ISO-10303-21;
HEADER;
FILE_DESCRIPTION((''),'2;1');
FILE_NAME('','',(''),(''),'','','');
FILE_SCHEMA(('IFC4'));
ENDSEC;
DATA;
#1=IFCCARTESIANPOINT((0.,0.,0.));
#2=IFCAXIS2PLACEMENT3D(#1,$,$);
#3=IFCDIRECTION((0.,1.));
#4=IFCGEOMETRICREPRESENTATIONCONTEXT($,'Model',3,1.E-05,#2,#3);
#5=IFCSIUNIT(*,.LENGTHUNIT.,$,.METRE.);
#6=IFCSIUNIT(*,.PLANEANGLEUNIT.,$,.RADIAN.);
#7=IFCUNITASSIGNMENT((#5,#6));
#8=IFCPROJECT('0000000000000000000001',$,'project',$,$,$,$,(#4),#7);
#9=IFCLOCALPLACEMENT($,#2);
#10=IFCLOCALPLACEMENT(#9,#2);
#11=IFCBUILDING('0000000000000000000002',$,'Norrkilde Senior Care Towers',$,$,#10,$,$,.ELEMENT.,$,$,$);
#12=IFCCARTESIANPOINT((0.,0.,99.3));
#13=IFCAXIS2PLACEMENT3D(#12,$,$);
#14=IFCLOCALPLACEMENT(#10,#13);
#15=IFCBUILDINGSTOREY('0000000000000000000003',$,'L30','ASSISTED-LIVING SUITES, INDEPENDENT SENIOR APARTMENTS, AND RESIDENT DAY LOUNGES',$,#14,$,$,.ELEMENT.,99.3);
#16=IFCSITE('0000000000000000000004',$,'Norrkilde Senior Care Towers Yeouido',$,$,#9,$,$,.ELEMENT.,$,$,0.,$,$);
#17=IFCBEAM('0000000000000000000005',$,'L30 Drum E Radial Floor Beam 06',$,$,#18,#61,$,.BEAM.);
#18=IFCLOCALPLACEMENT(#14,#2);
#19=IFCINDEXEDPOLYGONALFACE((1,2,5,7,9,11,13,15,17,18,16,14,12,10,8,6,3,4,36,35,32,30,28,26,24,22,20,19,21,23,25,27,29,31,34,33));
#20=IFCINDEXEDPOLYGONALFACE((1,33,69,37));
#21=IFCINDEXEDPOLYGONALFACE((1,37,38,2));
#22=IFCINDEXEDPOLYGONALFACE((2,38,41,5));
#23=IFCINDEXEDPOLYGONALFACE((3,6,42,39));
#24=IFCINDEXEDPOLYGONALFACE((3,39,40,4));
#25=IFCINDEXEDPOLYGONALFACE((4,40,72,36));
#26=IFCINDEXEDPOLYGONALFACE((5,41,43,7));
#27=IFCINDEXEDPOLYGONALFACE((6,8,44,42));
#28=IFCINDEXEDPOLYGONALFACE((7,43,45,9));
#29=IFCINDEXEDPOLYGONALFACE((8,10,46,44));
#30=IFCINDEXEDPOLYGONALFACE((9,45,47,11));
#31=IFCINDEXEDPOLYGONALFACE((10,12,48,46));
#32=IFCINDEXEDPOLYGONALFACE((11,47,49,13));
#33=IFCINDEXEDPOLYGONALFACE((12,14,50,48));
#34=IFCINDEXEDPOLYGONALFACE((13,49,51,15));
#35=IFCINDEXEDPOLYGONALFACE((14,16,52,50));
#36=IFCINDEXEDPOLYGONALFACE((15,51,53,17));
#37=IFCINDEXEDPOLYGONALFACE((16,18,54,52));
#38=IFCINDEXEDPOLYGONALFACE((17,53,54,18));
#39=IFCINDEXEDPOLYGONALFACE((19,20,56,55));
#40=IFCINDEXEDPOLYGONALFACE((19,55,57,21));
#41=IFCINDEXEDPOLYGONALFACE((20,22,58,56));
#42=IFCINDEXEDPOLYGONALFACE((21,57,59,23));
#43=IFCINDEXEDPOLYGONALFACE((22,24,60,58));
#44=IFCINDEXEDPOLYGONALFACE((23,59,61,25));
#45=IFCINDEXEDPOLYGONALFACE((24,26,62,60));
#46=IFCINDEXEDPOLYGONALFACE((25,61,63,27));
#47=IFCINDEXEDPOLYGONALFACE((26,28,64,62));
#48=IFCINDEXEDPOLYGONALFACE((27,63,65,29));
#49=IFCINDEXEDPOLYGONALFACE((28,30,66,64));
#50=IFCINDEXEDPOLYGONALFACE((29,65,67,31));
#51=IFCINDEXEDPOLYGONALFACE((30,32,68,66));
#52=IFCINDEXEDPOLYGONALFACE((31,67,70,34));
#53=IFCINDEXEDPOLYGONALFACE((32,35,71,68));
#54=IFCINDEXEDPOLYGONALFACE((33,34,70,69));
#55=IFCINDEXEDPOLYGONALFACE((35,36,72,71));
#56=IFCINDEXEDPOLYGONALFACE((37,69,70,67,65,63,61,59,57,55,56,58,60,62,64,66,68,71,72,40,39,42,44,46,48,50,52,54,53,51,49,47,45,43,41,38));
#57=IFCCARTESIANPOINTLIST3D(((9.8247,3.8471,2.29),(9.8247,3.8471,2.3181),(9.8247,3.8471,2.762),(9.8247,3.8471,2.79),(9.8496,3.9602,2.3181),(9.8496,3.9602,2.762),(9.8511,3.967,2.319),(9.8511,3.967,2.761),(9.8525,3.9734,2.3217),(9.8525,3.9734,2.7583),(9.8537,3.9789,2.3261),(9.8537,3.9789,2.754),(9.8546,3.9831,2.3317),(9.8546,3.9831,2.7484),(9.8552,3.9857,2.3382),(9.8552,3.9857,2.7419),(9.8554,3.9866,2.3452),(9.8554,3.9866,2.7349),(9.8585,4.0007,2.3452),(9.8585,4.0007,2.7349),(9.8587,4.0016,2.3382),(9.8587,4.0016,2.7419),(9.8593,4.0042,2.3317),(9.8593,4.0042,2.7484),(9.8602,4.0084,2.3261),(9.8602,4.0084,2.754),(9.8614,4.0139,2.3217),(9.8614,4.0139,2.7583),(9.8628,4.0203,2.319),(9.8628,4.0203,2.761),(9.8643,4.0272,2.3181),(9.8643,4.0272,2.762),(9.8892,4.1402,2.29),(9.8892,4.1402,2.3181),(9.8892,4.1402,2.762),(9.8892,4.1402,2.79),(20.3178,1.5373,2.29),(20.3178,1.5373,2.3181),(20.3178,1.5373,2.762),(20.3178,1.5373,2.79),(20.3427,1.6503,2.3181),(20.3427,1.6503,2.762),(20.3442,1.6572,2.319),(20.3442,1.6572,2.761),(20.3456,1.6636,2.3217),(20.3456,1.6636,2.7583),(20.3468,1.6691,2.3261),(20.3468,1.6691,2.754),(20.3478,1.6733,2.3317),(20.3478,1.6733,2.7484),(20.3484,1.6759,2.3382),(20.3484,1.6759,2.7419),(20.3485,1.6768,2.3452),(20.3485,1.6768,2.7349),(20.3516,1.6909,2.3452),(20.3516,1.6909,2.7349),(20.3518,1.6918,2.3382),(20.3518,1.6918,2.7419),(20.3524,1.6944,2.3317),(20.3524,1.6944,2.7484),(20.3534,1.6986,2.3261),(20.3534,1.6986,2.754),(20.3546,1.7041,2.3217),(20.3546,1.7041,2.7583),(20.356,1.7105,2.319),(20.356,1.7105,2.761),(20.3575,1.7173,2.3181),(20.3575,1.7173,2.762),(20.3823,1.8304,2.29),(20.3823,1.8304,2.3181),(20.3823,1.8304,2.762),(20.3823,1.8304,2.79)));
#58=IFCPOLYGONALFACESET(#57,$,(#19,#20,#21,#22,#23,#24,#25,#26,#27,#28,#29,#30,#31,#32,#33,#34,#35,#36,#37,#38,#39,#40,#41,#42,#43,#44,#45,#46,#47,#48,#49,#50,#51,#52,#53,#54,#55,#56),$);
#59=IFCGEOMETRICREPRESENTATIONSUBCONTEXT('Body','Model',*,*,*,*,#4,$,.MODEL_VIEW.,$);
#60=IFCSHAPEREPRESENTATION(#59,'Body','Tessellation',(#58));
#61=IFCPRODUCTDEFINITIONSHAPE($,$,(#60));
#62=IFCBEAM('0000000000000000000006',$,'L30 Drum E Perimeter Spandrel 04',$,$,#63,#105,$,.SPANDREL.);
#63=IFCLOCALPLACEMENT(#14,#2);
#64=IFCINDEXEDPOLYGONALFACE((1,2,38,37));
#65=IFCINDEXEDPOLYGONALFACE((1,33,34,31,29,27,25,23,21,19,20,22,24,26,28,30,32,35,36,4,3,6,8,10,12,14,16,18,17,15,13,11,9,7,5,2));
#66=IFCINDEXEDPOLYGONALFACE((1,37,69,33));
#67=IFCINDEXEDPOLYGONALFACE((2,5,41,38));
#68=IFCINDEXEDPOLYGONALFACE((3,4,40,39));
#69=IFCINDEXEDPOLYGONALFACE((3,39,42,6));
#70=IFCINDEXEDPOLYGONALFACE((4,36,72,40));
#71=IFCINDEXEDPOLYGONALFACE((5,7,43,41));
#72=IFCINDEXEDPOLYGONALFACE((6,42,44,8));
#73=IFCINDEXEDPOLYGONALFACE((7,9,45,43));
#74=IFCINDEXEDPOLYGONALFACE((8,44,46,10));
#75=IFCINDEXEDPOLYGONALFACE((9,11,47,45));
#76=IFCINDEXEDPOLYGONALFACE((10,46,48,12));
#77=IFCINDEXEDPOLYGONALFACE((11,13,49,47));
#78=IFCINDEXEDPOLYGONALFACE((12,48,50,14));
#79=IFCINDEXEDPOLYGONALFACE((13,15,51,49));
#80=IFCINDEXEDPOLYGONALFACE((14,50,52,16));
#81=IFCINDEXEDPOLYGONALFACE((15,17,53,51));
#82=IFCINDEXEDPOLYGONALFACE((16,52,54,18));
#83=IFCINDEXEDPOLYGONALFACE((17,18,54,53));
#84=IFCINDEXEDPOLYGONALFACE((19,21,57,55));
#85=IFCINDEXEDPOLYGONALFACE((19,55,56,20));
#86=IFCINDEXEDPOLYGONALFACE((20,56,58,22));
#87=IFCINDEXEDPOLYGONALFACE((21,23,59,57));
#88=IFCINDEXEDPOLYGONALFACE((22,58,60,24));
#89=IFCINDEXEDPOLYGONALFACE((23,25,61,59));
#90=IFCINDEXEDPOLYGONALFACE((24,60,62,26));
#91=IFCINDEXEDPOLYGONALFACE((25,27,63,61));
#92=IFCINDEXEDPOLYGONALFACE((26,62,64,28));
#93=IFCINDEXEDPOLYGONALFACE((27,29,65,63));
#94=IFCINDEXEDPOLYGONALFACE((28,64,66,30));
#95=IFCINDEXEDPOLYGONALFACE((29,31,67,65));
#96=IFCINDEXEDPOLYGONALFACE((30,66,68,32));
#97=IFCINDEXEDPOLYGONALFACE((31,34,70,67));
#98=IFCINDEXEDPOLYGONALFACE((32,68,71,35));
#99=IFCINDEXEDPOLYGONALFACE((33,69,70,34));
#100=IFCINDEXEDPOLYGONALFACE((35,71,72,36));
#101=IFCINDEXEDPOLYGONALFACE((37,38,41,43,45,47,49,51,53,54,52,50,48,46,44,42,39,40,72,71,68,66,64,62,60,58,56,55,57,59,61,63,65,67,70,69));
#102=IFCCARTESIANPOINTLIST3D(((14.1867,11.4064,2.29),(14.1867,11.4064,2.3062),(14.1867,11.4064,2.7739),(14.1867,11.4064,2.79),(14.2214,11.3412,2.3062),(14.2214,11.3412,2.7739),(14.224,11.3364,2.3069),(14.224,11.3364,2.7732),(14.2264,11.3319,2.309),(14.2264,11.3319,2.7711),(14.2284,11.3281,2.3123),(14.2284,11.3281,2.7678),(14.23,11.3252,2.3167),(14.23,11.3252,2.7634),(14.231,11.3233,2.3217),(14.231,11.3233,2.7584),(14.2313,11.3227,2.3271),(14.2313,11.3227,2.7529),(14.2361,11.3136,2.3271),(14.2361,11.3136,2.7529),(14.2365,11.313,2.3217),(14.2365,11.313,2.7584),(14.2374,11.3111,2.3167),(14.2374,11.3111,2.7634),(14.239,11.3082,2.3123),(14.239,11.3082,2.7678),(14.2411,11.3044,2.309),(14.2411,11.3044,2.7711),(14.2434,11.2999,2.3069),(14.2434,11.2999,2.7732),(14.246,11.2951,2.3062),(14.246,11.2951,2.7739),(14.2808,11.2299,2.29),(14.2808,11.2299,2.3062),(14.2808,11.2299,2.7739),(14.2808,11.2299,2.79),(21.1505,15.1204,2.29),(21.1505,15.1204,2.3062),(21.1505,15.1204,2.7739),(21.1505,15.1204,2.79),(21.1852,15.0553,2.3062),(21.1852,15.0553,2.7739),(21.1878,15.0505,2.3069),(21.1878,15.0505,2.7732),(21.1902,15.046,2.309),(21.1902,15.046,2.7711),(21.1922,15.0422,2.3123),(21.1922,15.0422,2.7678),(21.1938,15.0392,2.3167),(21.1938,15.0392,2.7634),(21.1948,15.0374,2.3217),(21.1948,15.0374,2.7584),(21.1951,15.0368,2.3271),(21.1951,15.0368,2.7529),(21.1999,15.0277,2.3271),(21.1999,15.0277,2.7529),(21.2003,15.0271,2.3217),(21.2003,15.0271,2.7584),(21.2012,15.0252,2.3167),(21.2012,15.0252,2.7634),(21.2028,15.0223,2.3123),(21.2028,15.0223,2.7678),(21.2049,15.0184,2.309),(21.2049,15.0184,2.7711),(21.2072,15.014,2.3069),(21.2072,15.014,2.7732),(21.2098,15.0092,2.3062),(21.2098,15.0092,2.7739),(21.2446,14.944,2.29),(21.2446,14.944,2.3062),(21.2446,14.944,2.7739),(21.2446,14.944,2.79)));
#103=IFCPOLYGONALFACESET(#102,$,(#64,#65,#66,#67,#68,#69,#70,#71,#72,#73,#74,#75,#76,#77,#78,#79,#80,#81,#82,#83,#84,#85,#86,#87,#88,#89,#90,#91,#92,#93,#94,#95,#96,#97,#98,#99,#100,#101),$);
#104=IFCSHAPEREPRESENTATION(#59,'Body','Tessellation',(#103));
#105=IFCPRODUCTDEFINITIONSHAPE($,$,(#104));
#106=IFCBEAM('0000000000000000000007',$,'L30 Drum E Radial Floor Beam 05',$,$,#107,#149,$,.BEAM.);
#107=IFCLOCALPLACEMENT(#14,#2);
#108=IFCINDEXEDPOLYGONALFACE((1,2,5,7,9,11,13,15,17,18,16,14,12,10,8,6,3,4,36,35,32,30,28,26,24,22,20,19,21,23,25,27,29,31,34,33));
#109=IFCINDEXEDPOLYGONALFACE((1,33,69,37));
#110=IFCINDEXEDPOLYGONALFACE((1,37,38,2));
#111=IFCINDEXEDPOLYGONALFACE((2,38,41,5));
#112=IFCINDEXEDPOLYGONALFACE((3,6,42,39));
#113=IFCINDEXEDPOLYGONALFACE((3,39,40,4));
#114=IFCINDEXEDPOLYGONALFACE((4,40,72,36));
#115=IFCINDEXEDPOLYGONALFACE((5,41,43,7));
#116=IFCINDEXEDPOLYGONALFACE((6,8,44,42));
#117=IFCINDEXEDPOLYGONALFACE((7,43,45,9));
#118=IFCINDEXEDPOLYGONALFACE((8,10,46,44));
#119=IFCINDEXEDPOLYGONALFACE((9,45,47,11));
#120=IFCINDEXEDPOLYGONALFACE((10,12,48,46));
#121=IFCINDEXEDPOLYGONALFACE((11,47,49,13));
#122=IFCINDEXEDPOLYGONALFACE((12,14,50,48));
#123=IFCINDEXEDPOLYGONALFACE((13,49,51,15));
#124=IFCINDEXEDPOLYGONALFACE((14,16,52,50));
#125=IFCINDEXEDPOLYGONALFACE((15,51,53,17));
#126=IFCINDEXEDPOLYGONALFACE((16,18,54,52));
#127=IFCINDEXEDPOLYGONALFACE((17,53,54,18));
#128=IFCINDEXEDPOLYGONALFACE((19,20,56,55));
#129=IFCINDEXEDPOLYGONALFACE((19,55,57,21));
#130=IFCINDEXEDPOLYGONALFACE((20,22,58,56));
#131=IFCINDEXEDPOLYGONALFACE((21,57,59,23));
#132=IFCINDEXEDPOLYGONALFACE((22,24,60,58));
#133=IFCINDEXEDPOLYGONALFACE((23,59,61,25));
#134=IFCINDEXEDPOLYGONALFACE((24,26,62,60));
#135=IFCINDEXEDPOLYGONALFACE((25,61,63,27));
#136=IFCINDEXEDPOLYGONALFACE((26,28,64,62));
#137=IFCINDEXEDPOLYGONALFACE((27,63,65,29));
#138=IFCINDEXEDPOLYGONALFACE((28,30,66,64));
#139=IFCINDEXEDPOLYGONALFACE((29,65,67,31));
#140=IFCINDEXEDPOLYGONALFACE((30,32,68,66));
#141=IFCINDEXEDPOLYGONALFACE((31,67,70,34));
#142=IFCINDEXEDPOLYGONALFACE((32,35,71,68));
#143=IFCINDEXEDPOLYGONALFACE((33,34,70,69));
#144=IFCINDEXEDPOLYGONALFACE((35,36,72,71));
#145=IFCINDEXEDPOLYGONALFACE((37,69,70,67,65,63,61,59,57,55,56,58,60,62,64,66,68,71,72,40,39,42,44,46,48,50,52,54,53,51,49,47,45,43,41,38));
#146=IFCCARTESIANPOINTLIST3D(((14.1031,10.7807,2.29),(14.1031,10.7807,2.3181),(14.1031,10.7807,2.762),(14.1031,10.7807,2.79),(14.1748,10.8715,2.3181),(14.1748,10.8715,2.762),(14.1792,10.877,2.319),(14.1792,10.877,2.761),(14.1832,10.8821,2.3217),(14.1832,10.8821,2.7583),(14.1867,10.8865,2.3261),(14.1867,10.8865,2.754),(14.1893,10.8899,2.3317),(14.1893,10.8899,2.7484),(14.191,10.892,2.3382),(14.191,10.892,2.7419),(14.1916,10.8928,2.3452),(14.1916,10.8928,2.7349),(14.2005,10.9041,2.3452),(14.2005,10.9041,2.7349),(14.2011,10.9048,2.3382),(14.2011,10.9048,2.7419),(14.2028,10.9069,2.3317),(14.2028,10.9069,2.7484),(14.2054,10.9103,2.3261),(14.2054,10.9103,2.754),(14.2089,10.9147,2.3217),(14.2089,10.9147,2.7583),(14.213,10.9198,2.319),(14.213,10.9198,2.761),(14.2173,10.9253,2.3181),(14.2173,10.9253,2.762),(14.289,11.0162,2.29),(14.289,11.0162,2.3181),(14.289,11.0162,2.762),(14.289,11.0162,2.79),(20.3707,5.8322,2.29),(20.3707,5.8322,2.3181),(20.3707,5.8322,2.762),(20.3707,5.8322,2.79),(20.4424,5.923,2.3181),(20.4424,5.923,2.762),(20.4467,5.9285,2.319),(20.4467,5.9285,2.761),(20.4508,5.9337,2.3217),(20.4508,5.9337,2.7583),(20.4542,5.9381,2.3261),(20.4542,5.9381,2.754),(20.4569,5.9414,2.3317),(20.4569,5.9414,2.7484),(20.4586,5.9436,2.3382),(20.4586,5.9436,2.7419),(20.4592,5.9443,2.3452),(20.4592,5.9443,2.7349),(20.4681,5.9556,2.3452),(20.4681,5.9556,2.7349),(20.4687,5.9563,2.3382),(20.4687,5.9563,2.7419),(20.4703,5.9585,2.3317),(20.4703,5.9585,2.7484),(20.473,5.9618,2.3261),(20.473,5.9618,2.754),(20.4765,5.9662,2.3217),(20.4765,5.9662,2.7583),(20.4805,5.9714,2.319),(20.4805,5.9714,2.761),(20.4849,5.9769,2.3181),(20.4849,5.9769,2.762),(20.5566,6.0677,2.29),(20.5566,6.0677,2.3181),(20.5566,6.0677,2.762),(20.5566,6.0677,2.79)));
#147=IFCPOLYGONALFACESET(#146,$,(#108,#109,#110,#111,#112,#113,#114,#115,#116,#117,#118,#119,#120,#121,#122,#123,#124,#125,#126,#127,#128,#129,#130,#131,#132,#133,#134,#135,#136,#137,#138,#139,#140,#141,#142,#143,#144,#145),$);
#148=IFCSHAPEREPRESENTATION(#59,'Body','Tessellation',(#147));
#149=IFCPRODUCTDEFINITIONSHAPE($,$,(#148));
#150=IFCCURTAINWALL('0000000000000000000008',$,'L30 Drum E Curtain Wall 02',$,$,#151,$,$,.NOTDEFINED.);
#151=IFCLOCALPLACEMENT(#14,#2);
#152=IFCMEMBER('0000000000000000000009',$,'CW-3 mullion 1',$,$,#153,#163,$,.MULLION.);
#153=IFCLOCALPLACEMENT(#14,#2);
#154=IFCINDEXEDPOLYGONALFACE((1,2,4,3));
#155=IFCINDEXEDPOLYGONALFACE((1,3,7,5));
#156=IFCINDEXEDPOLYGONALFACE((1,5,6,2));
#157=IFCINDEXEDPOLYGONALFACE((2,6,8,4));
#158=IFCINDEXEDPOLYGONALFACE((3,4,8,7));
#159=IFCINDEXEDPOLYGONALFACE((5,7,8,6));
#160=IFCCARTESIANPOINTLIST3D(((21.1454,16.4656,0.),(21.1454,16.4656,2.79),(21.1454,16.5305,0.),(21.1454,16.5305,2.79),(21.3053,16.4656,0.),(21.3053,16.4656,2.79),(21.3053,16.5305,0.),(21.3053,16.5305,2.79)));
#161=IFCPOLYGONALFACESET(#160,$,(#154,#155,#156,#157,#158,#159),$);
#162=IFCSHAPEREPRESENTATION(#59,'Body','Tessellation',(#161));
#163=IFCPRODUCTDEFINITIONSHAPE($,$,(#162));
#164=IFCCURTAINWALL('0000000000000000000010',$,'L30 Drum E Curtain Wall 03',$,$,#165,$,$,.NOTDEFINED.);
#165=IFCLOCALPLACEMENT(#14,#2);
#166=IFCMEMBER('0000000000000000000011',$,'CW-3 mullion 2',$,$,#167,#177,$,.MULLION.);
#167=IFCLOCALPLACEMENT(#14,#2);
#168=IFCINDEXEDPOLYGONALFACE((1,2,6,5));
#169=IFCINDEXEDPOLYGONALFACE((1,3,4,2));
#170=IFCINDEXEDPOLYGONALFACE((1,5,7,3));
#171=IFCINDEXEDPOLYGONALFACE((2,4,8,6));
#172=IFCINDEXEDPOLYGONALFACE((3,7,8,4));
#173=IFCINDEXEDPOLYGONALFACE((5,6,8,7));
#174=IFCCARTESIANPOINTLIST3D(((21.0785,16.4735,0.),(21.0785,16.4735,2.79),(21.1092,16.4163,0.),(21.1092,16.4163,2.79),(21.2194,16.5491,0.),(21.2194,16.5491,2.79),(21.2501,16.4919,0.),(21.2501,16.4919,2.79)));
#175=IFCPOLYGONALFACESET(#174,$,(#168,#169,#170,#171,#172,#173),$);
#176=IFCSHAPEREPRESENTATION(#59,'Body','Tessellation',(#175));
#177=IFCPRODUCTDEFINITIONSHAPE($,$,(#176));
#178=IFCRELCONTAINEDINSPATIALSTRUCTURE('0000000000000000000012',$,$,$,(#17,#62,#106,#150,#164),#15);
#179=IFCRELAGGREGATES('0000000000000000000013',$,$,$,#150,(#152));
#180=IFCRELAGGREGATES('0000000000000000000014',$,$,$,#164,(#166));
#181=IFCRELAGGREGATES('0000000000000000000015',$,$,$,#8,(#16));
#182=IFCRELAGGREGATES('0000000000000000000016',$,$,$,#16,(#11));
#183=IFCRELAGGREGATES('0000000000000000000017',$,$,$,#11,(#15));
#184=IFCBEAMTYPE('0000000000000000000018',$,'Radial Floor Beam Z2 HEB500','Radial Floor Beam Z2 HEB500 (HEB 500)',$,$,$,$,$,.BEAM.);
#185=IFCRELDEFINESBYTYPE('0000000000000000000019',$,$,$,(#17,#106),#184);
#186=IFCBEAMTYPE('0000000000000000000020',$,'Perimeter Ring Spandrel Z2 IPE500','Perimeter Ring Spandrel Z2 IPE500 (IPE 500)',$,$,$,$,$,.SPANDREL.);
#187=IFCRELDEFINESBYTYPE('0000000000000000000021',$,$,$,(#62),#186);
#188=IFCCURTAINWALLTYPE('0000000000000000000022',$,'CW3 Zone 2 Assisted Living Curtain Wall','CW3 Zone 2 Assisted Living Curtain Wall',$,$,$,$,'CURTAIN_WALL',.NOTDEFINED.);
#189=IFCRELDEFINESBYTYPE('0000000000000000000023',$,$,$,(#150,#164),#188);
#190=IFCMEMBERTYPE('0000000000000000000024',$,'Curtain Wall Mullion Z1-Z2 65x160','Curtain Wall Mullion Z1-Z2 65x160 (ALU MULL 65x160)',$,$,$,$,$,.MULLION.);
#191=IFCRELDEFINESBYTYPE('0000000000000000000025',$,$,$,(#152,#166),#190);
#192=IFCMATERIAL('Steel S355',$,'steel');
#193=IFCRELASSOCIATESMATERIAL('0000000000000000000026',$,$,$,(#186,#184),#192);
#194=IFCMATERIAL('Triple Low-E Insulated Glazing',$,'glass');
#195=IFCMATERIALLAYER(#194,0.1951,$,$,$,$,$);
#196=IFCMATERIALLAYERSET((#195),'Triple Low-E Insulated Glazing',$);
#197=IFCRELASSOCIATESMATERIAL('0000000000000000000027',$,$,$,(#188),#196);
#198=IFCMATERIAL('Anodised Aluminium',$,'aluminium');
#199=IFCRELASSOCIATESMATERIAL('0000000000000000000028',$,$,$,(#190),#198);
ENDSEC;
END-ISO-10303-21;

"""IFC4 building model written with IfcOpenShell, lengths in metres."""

from ifc_helpers import new_model, si_unit, direction, frame, origin, origin_2d, place, context, subcontext, project, spatial, rectangle, i_section, extrude, source, transform, mapped, material, layer, layer_set, material_profile, profile_set, type_object, type_shapes, element, aggregate, save


model = new_model("IFC4")

# Units and contexts
model_context = context("Model", 3, precision=1e-05, world=origin(), true_north=direction((0.0, 1.0)))
body_context = subcontext(model_context, "Body", "Model", "MODEL_VIEW")
ifc_project = project(units=[si_unit("LENGTHUNIT", "METRE"), si_unit("PLANEANGLEUNIT", "RADIAN")], contexts=[model_context])

# Site, building, storey
site_placement = place(None, origin())
site = spatial("IfcSite", under=ifc_project, at=site_placement, Name="Norrkilde Senior Care Towers Yeouido", CompositionType="ELEMENT", RefElevation=0.0)
building_placement = place(site_placement, origin())
building = spatial("IfcBuilding", under=site, at=building_placement, Name="Norrkilde Senior Care Towers", CompositionType="ELEMENT")
storey_placement = place(building_placement, frame((0.0, 0.0, 99.3)))
storey = spatial("IfcBuildingStorey", under=building, at=storey_placement, Name="L30", Description="ASSISTED-LIVING SUITES, INDEPENDENT SENIOR APARTMENTS, AND RESIDENT DAY LOUNGES", CompositionType="ELEMENT", Elevation=99.3)

# Beams
ifc_material_1 = material(Name="Steel S355", Category="steel")
ifc_material_profile_1 = material_profile(ifc_material_1, i_section(OverallWidth=0.2, OverallDepth=0.5, WebThickness=0.0103, FlangeThickness=0.0161, FilletRadius=0.021, at=origin_2d()), Name="IPE 500")
ifc_profile_set_1 = profile_set([ifc_material_profile_1], Name="Steel S355")
beam_type_1 = type_object("IfcBeamType", Name="Perimeter Ring Spandrel Z2 IPE500", Description="Perimeter Ring Spandrel Z2 IPE500 (IPE 500)", PredefinedType="SPANDREL", material=ifc_profile_set_1)
ifc_material_profile_2 = material_profile(ifc_material_1, i_section(OverallWidth=0.3, OverallDepth=0.5, WebThickness=0.0144, FlangeThickness=0.0281, FilletRadius=0.0271, at=origin_2d()), Name="HEB 500")
ifc_profile_set_2 = profile_set([ifc_material_profile_2], Name="Steel S355")
beam_type_2 = type_object("IfcBeamType", Name="Radial Floor Beam Z2 HEB500", Description="Radial Floor Beam Z2 HEB500 (HEB 500)", PredefinedType="BEAM", material=ifc_profile_set_2)
shared_shape_1 = source(origin(), body_context, "Body", "SweptSolid", [
    extrude(i_section(OverallWidth=0.3, OverallDepth=0.5, WebThickness=0.0144, FlangeThickness=0.0281, FilletRadius=0.0271, at=origin_2d()), origin(), (0.0, 0.0, 1.0), 10.7444),
])
beam_1_placement = place(storey_placement, frame((20.3501, 1.6838, 2.54), z_axis=(-0.976619, 0.214979, 0.0), x_axis=(-0.214979, -0.976619, 0.0)))
element("IfcBeam", 1, at=beam_1_placement, inside=storey, type_object=beam_type_2, Name="L30 Drum E Radial Floor Beam 06", PredefinedType="BEAM", context=body_context, shape_type="MappedRepresentation", body=[
    mapped(shared_shape_1, transform((0.0, 0.0, 0.0), x_axis=(1.0, 0.0, 0.0), y_axis=(0.0, 1.0, 0.0), z_axis=(0.0, 0.0, 1.0), scale=1.0)),
])
shared_shape_2 = source(origin(), body_context, "Body", "SweptSolid", [
    extrude(i_section(OverallWidth=0.2, OverallDepth=0.5, WebThickness=0.0103, FlangeThickness=0.0161, FilletRadius=0.021, at=origin_2d()), origin(), (0.0, 0.0, 1.0), 7.8923),
])
beam_2_placement = place(storey_placement, frame((21.1975, 15.0322, 2.54), z_axis=(-0.88235, -0.470593, 0.0), x_axis=(0.470593, -0.88235, 0.0)))
element("IfcBeam", 2, at=beam_2_placement, inside=storey, type_object=beam_type_1, Name="L30 Drum E Perimeter Spandrel 04", PredefinedType="SPANDREL", context=body_context, shape_type="MappedRepresentation", body=[
    mapped(shared_shape_2, transform((0.0, 0.0, 0.0), x_axis=(1.0, 0.0, 0.0), y_axis=(0.0, 1.0, 0.0), z_axis=(0.0, 0.0, 1.0), scale=1.0)),
])
shared_shape_3 = source(origin(), body_context, "Body", "SweptSolid", [
    extrude(i_section(OverallWidth=0.3, OverallDepth=0.5, WebThickness=0.0144, FlangeThickness=0.0281, FilletRadius=0.0271, at=origin_2d()), origin(), (0.0, 0.0, 1.0), 7.9856),
])
type_shapes(beam_type_2, [shared_shape_1, shared_shape_3])
beam_3_placement = place(storey_placement, frame((20.4636, 5.95, 2.54), z_axis=(-0.784859, 0.619675, 0.0), x_axis=(-0.619675, -0.784859, 0.0)))
element("IfcBeam", 3, at=beam_3_placement, inside=storey, type_object=beam_type_2, Name="L30 Drum E Radial Floor Beam 05", PredefinedType="BEAM", context=body_context, shape_type="MappedRepresentation", body=[
    mapped(shared_shape_3, transform((0.0, 0.0, 0.0), x_axis=(1.0, 0.0, 0.0), y_axis=(0.0, 1.0, 0.0), z_axis=(0.0, 0.0, 1.0), scale=1.0)),
])

# Curtain walls, members
ifc_material_2 = material(Name="Triple Low-E Insulated Glazing", Category="glass")
ifc_layer_1 = layer(ifc_material_2, 0.1951)
ifc_layer_set_1 = layer_set([ifc_layer_1], Name="Triple Low-E Insulated Glazing")
curtain_wall_type = type_object("IfcCurtainWallType", Name="CW3 Zone 2 Assisted Living Curtain Wall", Description="CW3 Zone 2 Assisted Living Curtain Wall", ElementType="CURTAIN_WALL", PredefinedType="NOTDEFINED", material=ifc_layer_set_1)
curtain_wall_1_placement = place(storey_placement, origin())
curtain_wall_1 = element("IfcCurtainWall", 4, at=curtain_wall_1_placement, inside=storey, type_object=curtain_wall_type, Name="L30 Drum E Curtain Wall 02", PredefinedType="NOTDEFINED")
ifc_material_3 = material(Name="Anodised Aluminium", Category="aluminium")
ifc_material_profile_3 = material_profile(ifc_material_3, rectangle(XDim=0.0649, YDim=0.1599, at=origin_2d()), Name="ALU MULL 65x160")
ifc_profile_set_3 = profile_set([ifc_material_profile_3], Name="Anodised Aluminium")
member_type_1 = type_object("IfcMemberType", Name="Curtain Wall Mullion Z1-Z2 65x160", Description="Curtain Wall Mullion Z1-Z2 65x160 (ALU MULL 65x160)", PredefinedType="MULLION", material=ifc_profile_set_3)
shared_shape_4 = source(origin(), body_context, "Body", "SweptSolid", [
    extrude(rectangle(XDim=0.0649, YDim=0.1599, at=origin_2d()), origin(), (0.0, 0.0, 1.0), 2.79),
])
type_shapes(member_type_1, [shared_shape_4])
member_1_placement = place(storey_placement, frame((21.2253, 16.498, 0.0), z_axis=(0.0, 0.0, 1.0), x_axis=(0.0, 1.0, 0.0)))
member_1 = element("IfcMember", 5, at=member_1_placement, type_object=member_type_1, Name="CW-3 mullion 1", PredefinedType="MULLION", context=body_context, shape_type="MappedRepresentation", body=[
    mapped(shared_shape_4, transform((0.0, 0.0, 0.0), x_axis=(1.0, 0.0, 0.0), y_axis=(0.0, 1.0, 0.0), z_axis=(0.0, 0.0, 1.0), scale=1.0)),
])
curtain_wall_2_placement = place(storey_placement, origin())
curtain_wall_2 = element("IfcCurtainWall", 6, at=curtain_wall_2_placement, inside=storey, type_object=curtain_wall_type, Name="L30 Drum E Curtain Wall 03", PredefinedType="NOTDEFINED")
member_2_placement = place(storey_placement, frame((21.1643, 16.4827, 0.0), z_axis=(0.0, 0.0, 1.0), x_axis=(-0.472769, 0.881186, 0.0)))
member_2 = element("IfcMember", 7, at=member_2_placement, type_object=member_type_1, Name="CW-3 mullion 2", PredefinedType="MULLION", context=body_context, shape_type="MappedRepresentation", body=[
    mapped(shared_shape_4, transform((0.0, 0.0, 0.0), x_axis=(1.0, 0.0, 0.0), y_axis=(0.0, 1.0, 0.0), z_axis=(0.0, 0.0, 1.0), scale=1.0)),
])

aggregate(curtain_wall_1, [member_1])

aggregate(curtain_wall_2, [member_2])

save(model, "model.ifc")
